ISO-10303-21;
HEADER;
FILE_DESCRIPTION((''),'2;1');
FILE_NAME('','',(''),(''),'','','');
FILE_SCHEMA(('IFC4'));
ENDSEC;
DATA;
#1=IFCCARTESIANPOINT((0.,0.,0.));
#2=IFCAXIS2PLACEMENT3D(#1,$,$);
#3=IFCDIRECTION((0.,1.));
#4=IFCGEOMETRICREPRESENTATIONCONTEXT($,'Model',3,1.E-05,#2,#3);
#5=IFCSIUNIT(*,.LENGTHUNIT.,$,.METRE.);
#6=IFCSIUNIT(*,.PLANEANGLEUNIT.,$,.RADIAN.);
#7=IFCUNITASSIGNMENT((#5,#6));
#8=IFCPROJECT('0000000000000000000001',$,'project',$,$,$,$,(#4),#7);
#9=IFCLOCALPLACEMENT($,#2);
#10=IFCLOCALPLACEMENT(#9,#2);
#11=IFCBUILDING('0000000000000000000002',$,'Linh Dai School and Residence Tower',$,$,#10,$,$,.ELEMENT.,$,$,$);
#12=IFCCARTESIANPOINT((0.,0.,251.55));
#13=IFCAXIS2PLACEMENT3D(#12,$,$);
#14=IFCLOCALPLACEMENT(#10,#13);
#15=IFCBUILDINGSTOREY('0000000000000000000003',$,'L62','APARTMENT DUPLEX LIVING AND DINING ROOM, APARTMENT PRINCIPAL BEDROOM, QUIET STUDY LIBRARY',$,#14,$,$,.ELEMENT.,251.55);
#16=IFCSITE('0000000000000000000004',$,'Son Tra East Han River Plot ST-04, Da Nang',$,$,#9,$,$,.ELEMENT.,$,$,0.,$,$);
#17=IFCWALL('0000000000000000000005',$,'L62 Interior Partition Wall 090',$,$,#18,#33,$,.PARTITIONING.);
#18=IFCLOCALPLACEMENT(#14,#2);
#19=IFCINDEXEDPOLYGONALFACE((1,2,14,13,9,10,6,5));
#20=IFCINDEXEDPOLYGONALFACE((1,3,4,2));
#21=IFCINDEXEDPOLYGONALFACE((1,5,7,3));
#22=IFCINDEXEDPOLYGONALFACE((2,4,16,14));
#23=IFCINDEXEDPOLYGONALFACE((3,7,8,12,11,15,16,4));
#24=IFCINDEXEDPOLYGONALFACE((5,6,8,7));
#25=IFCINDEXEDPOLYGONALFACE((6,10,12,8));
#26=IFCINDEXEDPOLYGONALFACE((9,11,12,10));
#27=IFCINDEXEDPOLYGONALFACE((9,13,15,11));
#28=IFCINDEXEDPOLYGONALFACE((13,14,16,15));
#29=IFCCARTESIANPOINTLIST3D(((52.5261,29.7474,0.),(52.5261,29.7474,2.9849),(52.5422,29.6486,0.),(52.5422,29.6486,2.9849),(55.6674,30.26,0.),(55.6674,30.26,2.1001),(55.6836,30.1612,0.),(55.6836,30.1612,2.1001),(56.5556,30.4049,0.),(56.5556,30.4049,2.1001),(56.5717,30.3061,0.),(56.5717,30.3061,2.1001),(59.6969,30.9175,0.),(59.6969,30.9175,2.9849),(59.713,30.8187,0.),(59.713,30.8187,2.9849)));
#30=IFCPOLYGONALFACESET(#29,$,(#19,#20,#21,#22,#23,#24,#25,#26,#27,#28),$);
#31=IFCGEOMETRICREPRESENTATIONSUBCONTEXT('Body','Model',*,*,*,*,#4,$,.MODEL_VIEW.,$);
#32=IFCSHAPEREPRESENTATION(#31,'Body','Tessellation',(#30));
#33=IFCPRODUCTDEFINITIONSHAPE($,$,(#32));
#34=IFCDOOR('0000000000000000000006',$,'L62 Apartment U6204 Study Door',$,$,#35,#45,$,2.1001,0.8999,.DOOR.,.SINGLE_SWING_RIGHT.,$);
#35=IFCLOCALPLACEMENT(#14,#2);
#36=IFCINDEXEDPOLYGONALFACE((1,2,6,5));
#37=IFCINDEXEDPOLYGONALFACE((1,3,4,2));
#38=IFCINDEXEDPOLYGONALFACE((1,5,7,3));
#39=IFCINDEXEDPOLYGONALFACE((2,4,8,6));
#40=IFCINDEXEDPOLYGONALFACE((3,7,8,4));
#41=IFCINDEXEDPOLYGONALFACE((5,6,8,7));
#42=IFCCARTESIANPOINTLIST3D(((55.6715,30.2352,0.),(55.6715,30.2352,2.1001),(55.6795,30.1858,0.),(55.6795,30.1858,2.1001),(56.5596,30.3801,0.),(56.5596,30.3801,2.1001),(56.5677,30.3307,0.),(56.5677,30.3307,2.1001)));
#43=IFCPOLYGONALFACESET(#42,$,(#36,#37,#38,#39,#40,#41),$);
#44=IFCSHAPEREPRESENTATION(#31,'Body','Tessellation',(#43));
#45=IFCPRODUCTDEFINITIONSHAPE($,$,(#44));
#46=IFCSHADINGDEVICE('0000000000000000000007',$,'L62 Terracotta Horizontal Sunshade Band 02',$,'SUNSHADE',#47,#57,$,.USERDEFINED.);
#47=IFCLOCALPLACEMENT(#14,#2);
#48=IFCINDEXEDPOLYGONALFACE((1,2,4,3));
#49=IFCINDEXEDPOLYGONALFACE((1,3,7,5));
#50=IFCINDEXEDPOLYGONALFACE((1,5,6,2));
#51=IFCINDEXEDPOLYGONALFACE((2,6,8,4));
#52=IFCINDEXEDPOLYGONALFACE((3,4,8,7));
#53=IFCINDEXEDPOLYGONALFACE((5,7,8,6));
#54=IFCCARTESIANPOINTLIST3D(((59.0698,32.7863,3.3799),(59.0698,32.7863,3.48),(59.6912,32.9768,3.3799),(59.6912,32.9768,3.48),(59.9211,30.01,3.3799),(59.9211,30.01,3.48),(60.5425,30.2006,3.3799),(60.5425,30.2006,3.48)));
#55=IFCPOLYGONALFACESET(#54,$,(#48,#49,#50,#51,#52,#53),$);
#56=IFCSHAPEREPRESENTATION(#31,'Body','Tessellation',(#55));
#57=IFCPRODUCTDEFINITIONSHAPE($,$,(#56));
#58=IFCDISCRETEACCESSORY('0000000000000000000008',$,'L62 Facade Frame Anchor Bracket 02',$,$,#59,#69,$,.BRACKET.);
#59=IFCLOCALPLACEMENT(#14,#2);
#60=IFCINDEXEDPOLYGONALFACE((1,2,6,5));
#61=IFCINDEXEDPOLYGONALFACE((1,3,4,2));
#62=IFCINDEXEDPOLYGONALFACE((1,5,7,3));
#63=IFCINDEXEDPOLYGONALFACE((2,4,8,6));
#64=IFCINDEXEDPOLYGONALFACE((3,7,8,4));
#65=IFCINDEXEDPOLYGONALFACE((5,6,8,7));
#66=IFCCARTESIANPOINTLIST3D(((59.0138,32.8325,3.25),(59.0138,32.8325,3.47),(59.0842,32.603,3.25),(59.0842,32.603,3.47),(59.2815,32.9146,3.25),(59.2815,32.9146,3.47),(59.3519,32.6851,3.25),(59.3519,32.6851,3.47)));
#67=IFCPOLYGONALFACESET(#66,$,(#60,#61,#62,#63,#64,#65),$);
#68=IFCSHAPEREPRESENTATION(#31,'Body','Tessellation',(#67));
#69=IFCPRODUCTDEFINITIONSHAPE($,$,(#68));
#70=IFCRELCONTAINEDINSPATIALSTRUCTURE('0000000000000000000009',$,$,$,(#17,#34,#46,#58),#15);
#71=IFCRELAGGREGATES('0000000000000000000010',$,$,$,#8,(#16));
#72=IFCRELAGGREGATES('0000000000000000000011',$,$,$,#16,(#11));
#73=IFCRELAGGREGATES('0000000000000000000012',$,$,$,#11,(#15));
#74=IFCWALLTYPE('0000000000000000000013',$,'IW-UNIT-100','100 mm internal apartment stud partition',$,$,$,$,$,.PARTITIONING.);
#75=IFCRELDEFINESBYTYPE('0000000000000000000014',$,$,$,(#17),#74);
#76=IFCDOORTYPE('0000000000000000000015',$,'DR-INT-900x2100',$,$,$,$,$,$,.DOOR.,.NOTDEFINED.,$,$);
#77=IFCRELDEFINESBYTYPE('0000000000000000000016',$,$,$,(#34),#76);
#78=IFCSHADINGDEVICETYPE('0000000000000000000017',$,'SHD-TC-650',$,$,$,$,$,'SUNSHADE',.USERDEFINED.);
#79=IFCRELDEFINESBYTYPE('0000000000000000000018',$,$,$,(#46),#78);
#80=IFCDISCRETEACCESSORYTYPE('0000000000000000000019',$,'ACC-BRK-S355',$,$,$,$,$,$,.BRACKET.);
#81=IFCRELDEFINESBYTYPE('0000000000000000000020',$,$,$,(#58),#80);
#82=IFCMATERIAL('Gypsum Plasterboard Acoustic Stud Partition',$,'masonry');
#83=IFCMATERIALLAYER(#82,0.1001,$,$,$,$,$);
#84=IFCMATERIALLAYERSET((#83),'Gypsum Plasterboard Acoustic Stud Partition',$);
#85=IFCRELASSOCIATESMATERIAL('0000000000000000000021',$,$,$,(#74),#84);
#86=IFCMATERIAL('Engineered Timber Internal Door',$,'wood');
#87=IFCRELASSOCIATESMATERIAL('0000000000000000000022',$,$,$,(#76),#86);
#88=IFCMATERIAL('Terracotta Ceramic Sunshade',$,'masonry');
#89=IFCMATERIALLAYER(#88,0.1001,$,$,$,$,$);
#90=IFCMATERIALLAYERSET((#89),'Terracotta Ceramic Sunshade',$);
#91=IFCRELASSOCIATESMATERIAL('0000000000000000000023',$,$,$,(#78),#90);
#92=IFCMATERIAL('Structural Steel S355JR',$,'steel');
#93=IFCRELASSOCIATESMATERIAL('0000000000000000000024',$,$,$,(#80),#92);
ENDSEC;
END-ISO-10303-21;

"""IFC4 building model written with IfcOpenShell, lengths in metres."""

from ifc_helpers import new_model, si_unit, direction, frame, frame_2d, origin, origin_2d, place, context, subcontext, project, spatial, rectangle, extrude, source, transform, mapped, material, layer, layer_set, type_object, element, fill, save


model = new_model("IFC4")

# Units and contexts
model_context = context("Model", 3, precision=1e-05, world=origin(), true_north=direction((0.0, 1.0)))
body_context = subcontext(model_context, "Body", "Model", "MODEL_VIEW")
ifc_project = project(units=[si_unit("LENGTHUNIT", "METRE"), si_unit("PLANEANGLEUNIT", "RADIAN")], contexts=[model_context])

# Site, building, storey
site_placement = place(None, origin())
site = spatial("IfcSite", under=ifc_project, at=site_placement, Name="Son Tra East Han River Plot ST-04, Da Nang", CompositionType="ELEMENT", RefElevation=0.0)
building_placement = place(site_placement, origin())
building = spatial("IfcBuilding", under=site, at=building_placement, Name="Linh Dai School and Residence Tower", CompositionType="ELEMENT")
storey_placement = place(building_placement, frame((0.0, 0.0, 251.55)))
storey = spatial("IfcBuildingStorey", under=building, at=storey_placement, Name="L62", Description="APARTMENT DUPLEX LIVING AND DINING ROOM, APARTMENT PRINCIPAL BEDROOM, QUIET STUDY LIBRARY", CompositionType="ELEMENT", Elevation=251.55)

# Shared definitions
ifc_material_1 = material(Name="Structural Steel S355JR", Category="steel")

# Shared definitions
ifc_material_2 = material(Name="Gypsum Plasterboard Acoustic Stud Partition", Category="masonry")
ifc_layer_1 = layer(ifc_material_2, 0.1001)
ifc_layer_set_1 = layer_set([ifc_layer_1], Name="Gypsum Plasterboard Acoustic Stud Partition")
wall_type_1 = type_object("IfcWallType", Name="IW-UNIT-100", Description="100 mm internal apartment stud partition", PredefinedType="PARTITIONING", material=ifc_layer_set_1)
ifc_material_3 = material(Name="Engineered Timber Internal Door", Category="wood")
door_type_1 = type_object("IfcDoorType", Name="DR-INT-900x2100", OperationType="NOTDEFINED", PredefinedType="DOOR", material=ifc_material_3)
shared_shape_1 = source(origin(), body_context, "Body", "SweptSolid", [
    extrude(rectangle(XDim=0.8999, YDim=2.1001, at=origin_2d()), frame((0.45, 0.0249, 1.05), z_axis=(0.0, -1.0, 0.0), x_axis=(1.0, 0.0, 0.0)), (0.0, 0.0, 1.0), 0.05),
])

# Wall, opening, door
wall_1_placement = place(storey_placement, frame((52.5342, 29.698, 0.0), z_axis=(0.0, 0.0, 1.0), x_axis=(0.986946, 0.161052, 0.0)))
wall_1 = element("IfcWall", 1, at=wall_1_placement, inside=storey, type_object=wall_type_1, Name="L62 Interior Partition Wall 090", PredefinedType="PARTITIONING", context=body_context, shape_type="SweptSolid", body=[
    extrude(rectangle(XDim=7.2656, YDim=0.1001, at=frame_2d((3.6328, 0.0))), origin(), (0.0, 0.0, 1.0), 2.9849),
])
opening_1_placement = place(wall_1_placement, frame((3.1829, 0.0, 0.0)))
opening_1 = element("IfcOpeningElement", 2, at=opening_1_placement, cuts=wall_1, PredefinedType="OPENING", context=body_context, shape_type="SweptSolid", body=[
    extrude(rectangle(XDim=0.8999, YDim=2.1001, at=origin_2d()), frame((0.45, 0.0601, 1.05), z_axis=(0.0, -1.0, 0.0), x_axis=(1.0, 0.0, 0.0)), (0.0, 0.0, 1.0), 0.1201),
])
door_1_placement = place(opening_1_placement, origin())
door_1 = element("IfcDoor", 3, at=door_1_placement, inside=storey, type_object=door_type_1, Name="L62 Apartment U6204 Study Door", OperationType="SINGLE_SWING_RIGHT", OverallHeight=2.1001, OverallWidth=0.8999, PredefinedType="DOOR", context=body_context, shape_type="MappedRepresentation", body=[
    mapped(shared_shape_1, transform((0.0, 0.0, 0.0), x_axis=(1.0, 0.0, 0.0), y_axis=(0.0, 1.0, 0.0), z_axis=(0.0, 0.0, 1.0), scale=1.0)),
])
fill(opening_1, door_1)

# Shading device
ifc_material_4 = material(Name="Terracotta Ceramic Sunshade", Category="masonry")
ifc_layer_2 = layer(ifc_material_4, 0.1001)
ifc_layer_set_2 = layer_set([ifc_layer_2], Name="Terracotta Ceramic Sunshade")
shading_device_type = type_object("IfcShadingDeviceType", Name="SHD-TC-650", ElementType="SUNSHADE", PredefinedType="USERDEFINED", material=ifc_layer_set_2)
shared_shape_2 = source(origin(), body_context, "Body", "SweptSolid", [
    extrude(rectangle(XDim=2.9038, YDim=0.6499, at=origin_2d()), origin(), (0.0, 0.0, 1.0), 0.1001),
])
shading_device_placement = place(storey_placement, frame((59.8062, 31.4934, 3.3799), z_axis=(0.0, 0.0, 1.0), x_axis=(0.293157, -0.956064, 0.0)))
element("IfcShadingDevice", 4, at=shading_device_placement, inside=storey, type_object=shading_device_type, Name="L62 Terracotta Horizontal Sunshade Band 02", ObjectType="SUNSHADE", PredefinedType="USERDEFINED", context=body_context, shape_type="MappedRepresentation", body=[
    mapped(shared_shape_2, transform((0.0, 0.0, 0.0), x_axis=(1.0, 0.0, 0.0), y_axis=(0.0, 1.0, 0.0), z_axis=(0.0, 0.0, 1.0), scale=1.0)),
])

# Discrete accessory
discrete_accessory_type = type_object("IfcDiscreteAccessoryType", Name="ACC-BRK-S355", PredefinedType="BRACKET", material=ifc_material_1)
shared_shape_3 = source(origin(), body_context, "Body", "SweptSolid", [
    extrude(rectangle(XDim=0.28, YDim=0.24, at=origin_2d()), origin(), (0.0, 0.0, 1.0), 0.22),
])
discrete_accessory_placement = place(storey_placement, frame((59.1829, 32.7588, 3.25), z_axis=(0.0, 0.0, 1.0), x_axis=(0.956064, 0.293157, 0.0)))
element("IfcDiscreteAccessory", 5, at=discrete_accessory_placement, inside=storey, type_object=discrete_accessory_type, Name="L62 Facade Frame Anchor Bracket 02", PredefinedType="BRACKET", context=body_context, shape_type="MappedRepresentation", body=[
    mapped(shared_shape_3, transform((0.0, 0.0, 0.0), x_axis=(1.0, 0.0, 0.0), y_axis=(0.0, 1.0, 0.0), z_axis=(0.0, 0.0, 1.0), scale=1.0)),
])

save(model, "model.ifc")
